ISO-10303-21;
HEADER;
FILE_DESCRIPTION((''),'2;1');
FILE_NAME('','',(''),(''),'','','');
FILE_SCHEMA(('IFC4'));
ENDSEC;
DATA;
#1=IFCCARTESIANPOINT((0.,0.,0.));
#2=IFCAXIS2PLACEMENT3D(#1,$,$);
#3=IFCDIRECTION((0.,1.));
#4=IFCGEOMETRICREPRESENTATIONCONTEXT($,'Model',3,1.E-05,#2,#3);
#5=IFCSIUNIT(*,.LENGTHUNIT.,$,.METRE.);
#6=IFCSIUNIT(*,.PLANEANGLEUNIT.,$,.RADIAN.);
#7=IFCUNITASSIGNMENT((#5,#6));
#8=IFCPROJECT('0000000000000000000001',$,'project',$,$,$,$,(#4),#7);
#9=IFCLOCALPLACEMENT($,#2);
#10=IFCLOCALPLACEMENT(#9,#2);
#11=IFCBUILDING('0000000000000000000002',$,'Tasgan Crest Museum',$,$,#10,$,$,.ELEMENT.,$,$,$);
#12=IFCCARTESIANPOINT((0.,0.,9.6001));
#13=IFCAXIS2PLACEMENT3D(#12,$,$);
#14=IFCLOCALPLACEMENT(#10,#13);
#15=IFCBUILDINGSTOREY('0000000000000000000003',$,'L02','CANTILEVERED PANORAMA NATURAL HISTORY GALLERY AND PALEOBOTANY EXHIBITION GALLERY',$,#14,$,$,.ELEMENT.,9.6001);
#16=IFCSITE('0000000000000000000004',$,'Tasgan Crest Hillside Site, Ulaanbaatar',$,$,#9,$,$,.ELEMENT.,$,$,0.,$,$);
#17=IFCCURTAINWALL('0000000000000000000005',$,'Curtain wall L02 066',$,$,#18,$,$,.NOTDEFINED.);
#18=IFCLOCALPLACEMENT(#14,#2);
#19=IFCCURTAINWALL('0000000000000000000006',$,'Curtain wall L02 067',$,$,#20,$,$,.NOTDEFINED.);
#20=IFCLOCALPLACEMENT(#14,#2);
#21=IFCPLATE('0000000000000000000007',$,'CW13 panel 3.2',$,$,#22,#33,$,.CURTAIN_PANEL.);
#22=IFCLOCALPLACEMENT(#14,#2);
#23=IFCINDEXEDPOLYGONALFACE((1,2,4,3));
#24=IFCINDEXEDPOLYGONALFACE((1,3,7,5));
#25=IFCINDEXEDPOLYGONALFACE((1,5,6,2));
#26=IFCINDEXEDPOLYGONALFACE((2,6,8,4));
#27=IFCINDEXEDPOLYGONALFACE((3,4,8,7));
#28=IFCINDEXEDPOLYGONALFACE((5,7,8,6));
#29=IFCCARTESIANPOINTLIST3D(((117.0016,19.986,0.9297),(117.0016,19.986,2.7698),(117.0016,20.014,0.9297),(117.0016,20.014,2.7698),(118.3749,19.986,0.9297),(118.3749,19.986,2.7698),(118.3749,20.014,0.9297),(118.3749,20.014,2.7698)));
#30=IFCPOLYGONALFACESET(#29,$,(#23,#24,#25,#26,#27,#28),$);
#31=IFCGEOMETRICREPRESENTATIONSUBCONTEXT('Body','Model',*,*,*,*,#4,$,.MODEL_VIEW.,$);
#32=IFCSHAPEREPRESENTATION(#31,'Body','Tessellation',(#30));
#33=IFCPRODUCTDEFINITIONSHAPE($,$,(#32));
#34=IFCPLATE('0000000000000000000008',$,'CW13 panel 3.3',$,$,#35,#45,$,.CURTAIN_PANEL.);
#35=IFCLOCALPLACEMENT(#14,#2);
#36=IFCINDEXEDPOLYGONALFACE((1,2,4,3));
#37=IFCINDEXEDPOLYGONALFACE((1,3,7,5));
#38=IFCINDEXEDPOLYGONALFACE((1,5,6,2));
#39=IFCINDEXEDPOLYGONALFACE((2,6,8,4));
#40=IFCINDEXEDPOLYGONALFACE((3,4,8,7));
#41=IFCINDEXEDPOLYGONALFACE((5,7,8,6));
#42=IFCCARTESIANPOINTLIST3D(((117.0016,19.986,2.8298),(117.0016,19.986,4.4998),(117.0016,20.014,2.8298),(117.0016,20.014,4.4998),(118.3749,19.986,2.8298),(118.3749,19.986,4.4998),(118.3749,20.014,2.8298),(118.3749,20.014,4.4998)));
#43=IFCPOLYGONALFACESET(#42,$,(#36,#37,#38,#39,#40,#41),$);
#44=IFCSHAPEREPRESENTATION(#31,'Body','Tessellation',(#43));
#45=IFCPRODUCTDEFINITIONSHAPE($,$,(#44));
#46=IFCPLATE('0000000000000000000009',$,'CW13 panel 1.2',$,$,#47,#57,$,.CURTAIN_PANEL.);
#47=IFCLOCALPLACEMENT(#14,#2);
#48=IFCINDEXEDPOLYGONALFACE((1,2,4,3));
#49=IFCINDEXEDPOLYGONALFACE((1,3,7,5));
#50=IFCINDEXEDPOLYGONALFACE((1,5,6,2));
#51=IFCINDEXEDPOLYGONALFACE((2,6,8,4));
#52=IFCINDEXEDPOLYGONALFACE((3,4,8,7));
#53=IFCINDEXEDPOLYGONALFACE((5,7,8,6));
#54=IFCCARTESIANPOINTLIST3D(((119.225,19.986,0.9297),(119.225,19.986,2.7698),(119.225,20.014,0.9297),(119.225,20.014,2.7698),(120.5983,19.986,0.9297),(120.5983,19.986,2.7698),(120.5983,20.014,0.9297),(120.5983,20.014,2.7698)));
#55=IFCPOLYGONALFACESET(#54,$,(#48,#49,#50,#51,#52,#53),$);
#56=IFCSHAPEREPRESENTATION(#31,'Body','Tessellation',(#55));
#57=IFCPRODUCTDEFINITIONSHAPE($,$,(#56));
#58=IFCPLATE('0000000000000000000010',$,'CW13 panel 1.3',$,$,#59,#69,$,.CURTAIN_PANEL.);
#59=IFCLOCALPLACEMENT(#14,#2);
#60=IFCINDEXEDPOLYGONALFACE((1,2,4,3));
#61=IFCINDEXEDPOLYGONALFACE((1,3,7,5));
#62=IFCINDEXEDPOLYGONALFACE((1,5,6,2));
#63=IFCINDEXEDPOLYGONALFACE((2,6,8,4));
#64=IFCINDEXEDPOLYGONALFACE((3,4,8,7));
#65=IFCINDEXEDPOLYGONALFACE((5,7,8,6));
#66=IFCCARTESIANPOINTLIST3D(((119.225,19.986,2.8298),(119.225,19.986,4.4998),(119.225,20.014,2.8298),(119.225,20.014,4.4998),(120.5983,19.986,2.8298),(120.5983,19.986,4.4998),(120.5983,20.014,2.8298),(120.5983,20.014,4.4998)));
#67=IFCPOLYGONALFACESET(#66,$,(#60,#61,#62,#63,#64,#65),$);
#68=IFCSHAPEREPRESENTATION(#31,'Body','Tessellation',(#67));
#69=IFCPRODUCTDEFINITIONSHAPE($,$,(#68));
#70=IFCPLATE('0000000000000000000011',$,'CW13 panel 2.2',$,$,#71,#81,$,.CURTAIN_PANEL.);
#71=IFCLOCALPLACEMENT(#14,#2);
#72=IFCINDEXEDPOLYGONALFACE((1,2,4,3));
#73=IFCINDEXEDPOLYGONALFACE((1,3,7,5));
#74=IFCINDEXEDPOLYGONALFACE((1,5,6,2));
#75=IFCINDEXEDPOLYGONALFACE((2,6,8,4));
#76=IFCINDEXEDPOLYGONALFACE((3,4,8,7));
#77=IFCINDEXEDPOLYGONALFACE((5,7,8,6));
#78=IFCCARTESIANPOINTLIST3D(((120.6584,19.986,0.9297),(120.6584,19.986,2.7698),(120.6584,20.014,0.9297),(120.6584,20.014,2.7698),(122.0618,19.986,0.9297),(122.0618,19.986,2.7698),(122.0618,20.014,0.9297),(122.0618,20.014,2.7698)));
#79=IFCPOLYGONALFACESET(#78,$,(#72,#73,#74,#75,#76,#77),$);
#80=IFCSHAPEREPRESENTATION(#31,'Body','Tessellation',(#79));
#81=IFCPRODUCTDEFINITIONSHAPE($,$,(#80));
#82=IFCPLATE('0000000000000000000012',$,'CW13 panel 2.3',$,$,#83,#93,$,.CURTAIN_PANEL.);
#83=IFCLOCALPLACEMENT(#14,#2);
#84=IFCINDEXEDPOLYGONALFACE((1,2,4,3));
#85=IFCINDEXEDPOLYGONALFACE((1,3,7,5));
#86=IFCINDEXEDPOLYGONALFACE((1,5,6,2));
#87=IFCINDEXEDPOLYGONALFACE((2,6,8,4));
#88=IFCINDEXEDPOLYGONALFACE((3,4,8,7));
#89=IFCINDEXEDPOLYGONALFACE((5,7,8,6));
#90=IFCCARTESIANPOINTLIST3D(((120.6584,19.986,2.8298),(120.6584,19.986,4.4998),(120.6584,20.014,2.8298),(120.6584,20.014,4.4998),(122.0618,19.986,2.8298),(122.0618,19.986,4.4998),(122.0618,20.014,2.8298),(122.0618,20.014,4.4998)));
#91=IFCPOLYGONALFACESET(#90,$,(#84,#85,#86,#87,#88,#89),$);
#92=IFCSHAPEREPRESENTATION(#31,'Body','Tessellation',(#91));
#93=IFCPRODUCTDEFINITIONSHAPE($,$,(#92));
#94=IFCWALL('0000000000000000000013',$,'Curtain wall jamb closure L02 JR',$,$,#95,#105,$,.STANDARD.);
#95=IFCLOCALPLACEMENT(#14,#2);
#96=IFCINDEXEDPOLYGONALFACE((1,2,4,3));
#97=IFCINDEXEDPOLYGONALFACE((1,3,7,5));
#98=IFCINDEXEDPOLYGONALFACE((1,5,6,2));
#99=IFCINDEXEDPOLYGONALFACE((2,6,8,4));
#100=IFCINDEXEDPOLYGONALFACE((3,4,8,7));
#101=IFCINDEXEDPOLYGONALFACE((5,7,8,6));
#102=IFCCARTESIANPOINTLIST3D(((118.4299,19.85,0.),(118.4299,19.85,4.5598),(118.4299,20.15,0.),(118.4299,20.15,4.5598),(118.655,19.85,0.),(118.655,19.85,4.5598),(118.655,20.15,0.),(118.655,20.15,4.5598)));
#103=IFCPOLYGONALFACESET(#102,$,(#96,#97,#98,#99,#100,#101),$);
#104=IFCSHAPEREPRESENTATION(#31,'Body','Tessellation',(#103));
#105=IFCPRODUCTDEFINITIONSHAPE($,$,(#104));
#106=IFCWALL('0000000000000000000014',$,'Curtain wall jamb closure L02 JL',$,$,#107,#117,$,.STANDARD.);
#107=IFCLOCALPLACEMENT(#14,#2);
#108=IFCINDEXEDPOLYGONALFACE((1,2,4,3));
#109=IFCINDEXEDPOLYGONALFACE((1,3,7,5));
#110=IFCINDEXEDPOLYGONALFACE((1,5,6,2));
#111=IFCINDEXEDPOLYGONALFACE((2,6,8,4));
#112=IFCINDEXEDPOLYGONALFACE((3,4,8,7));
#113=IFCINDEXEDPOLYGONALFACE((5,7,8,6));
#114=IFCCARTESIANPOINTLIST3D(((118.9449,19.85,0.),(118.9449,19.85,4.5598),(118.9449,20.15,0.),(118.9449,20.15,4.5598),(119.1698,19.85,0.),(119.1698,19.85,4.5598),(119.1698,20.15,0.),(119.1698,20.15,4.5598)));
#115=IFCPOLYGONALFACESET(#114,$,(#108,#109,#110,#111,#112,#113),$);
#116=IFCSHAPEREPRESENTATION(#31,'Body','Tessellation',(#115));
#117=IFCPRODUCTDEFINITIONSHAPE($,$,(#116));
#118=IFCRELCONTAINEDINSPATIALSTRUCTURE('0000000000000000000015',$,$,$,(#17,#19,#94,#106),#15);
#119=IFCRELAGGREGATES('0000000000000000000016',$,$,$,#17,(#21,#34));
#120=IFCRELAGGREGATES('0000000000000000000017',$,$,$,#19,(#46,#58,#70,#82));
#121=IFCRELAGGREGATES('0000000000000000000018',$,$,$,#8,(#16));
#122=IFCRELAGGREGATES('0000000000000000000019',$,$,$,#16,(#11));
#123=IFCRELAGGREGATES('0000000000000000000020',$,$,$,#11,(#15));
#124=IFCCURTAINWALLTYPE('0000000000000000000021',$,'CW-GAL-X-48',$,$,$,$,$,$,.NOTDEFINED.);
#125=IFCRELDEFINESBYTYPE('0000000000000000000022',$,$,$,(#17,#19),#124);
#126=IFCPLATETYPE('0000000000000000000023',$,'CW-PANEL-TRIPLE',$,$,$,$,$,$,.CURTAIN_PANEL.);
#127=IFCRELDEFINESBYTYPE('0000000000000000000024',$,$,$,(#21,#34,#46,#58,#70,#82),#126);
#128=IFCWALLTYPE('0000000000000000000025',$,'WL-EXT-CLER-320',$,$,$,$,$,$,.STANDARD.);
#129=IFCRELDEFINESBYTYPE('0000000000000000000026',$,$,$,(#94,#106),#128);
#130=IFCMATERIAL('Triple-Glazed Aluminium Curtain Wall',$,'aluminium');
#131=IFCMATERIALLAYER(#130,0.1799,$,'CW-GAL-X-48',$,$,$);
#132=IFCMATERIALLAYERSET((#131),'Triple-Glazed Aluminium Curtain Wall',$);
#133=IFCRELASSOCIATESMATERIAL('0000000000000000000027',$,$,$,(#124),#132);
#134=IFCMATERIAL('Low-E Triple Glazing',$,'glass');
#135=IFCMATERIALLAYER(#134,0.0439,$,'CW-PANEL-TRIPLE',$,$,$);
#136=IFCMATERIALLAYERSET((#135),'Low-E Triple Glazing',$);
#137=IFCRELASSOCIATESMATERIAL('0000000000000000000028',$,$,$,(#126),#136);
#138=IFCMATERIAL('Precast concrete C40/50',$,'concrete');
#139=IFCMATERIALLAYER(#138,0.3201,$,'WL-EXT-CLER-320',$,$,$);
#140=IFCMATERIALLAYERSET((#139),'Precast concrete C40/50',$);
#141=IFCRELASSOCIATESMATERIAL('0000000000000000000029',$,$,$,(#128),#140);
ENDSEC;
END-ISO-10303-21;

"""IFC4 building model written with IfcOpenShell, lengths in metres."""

from ifc_helpers import new_model, si_unit, direction, frame, frame_2d, origin, origin_2d, place, context, subcontext, project, spatial, rectangle, extrude, material, layer, layer_set, type_object, element, aggregate, save


model = new_model("IFC4")

# Units and contexts
model_context = context("Model", 3, precision=1e-05, world=origin(), true_north=direction((0.0, 1.0)))
body_context = subcontext(model_context, "Body", "Model", "MODEL_VIEW")
ifc_project = project(units=[si_unit("LENGTHUNIT", "METRE"), si_unit("PLANEANGLEUNIT", "RADIAN")], contexts=[model_context])

# Site, building, storey
site_placement = place(None, origin())
site = spatial("IfcSite", under=ifc_project, at=site_placement, Name="Tasgan Crest Hillside Site, Ulaanbaatar", CompositionType="ELEMENT", RefElevation=0.0)
building_placement = place(site_placement, origin())
building = spatial("IfcBuilding", under=site, at=building_placement, Name="Tasgan Crest Museum", CompositionType="ELEMENT")
storey_placement = place(building_placement, frame((0.0, 0.0, 9.6001)))
storey = spatial("IfcBuildingStorey", under=building, at=storey_placement, Name="L02", Description="CANTILEVERED PANORAMA NATURAL HISTORY GALLERY AND PALEOBOTANY EXHIBITION GALLERY", CompositionType="ELEMENT", Elevation=9.6001)

# Curtain walls
ifc_material_1 = material(Name="Triple-Glazed Aluminium Curtain Wall", Category="aluminium")
ifc_layer_1 = layer(ifc_material_1, 0.1799, Name="CW-GAL-X-48")
ifc_layer_set_1 = layer_set([ifc_layer_1], Name="Triple-Glazed Aluminium Curtain Wall")
curtain_wall_type = type_object("IfcCurtainWallType", Name="CW-GAL-X-48", PredefinedType="NOTDEFINED", material=ifc_layer_set_1)
curtain_wall_1_placement = place(storey_placement, origin())
curtain_wall_1 = element("IfcCurtainWall", 1, at=curtain_wall_1_placement, inside=storey, type_object=curtain_wall_type, Name="Curtain wall L02 066", PredefinedType="NOTDEFINED")
curtain_wall_2_placement = place(storey_placement, origin())
curtain_wall_2 = element("IfcCurtainWall", 2, at=curtain_wall_2_placement, inside=storey, type_object=curtain_wall_type, Name="Curtain wall L02 067", PredefinedType="NOTDEFINED")

# Plates
ifc_material_2 = material(Name="Low-E Triple Glazing", Category="glass")
ifc_layer_2 = layer(ifc_material_2, 0.0439, Name="CW-PANEL-TRIPLE")
ifc_layer_set_2 = layer_set([ifc_layer_2], Name="Low-E Triple Glazing")
plate_type_1 = type_object("IfcPlateType", Name="CW-PANEL-TRIPLE", PredefinedType="CURTAIN_PANEL", material=ifc_layer_set_2)
plate_1_placement = place(storey_placement, frame((117.6882, 20.0, 0.9297), z_axis=(0.0, 0.0, 1.0), x_axis=(1.0, 0.0, 0.0)))
plate_1 = element("IfcPlate", 3, at=plate_1_placement, type_object=plate_type_1, Name="CW13 panel 3.2", PredefinedType="CURTAIN_PANEL", context=body_context, shape_type="SweptSolid", body=[
    extrude(rectangle(XDim=1.3733, YDim=0.0281, at=origin_2d()), origin(), (0.0, 0.0, 1.0), 1.8401),
])
plate_2_placement = place(storey_placement, frame((117.6882, 20.0, 2.8298), z_axis=(0.0, 0.0, 1.0), x_axis=(1.0, 0.0, 0.0)))
plate_2 = element("IfcPlate", 4, at=plate_2_placement, type_object=plate_type_1, Name="CW13 panel 3.3", PredefinedType="CURTAIN_PANEL", context=body_context, shape_type="SweptSolid", body=[
    extrude(rectangle(XDim=1.3733, YDim=0.0281, at=origin_2d()), origin(), (0.0, 0.0, 1.0), 1.6699),
])
aggregate(curtain_wall_1, [plate_1, plate_2])
plate_3_placement = place(storey_placement, frame((119.9116, 20.0, 0.9297), z_axis=(0.0, 0.0, 1.0), x_axis=(1.0, 0.0, 0.0)))
plate_3 = element("IfcPlate", 5, at=plate_3_placement, type_object=plate_type_1, Name="CW13 panel 1.2", PredefinedType="CURTAIN_PANEL", context=body_context, shape_type="SweptSolid", body=[
    extrude(rectangle(XDim=1.3733, YDim=0.0281, at=origin_2d()), origin(), (0.0, 0.0, 1.0), 1.8401),
])
plate_4_placement = place(storey_placement, frame((119.9116, 20.0, 2.8298), z_axis=(0.0, 0.0, 1.0), x_axis=(1.0, 0.0, 0.0)))
plate_4 = element("IfcPlate", 6, at=plate_4_placement, type_object=plate_type_1, Name="CW13 panel 1.3", PredefinedType="CURTAIN_PANEL", context=body_context, shape_type="SweptSolid", body=[
    extrude(rectangle(XDim=1.3733, YDim=0.0281, at=origin_2d()), origin(), (0.0, 0.0, 1.0), 1.6699),
])
plate_5_placement = place(storey_placement, frame((121.3601, 20.0, 0.9297), z_axis=(0.0, 0.0, 1.0), x_axis=(1.0, 0.0, 0.0)))
plate_5 = element("IfcPlate", 7, at=plate_5_placement, type_object=plate_type_1, Name="CW13 panel 2.2", PredefinedType="CURTAIN_PANEL", context=body_context, shape_type="SweptSolid", body=[
    extrude(rectangle(XDim=1.4033, YDim=0.0281, at=origin_2d()), origin(), (0.0, 0.0, 1.0), 1.8401),
])
plate_6_placement = place(storey_placement, frame((121.3601, 20.0, 2.8298), z_axis=(0.0, 0.0, 1.0), x_axis=(1.0, 0.0, 0.0)))
plate_6 = element("IfcPlate", 8, at=plate_6_placement, type_object=plate_type_1, Name="CW13 panel 2.3", PredefinedType="CURTAIN_PANEL", context=body_context, shape_type="SweptSolid", body=[
    extrude(rectangle(XDim=1.4033, YDim=0.0281, at=origin_2d()), origin(), (0.0, 0.0, 1.0), 1.6699),
])
aggregate(curtain_wall_2, [plate_3, plate_4, plate_5, plate_6])

# Walls
ifc_material_3 = material(Name="Precast concrete C40/50", Category="concrete")
ifc_layer_3 = layer(ifc_material_3, 0.3201, Name="WL-EXT-CLER-320")
ifc_layer_set_3 = layer_set([ifc_layer_3], Name="Precast concrete C40/50")
wall_type = type_object("IfcWallType", Name="WL-EXT-CLER-320", PredefinedType="STANDARD", material=ifc_layer_set_3)
wall_1_placement = place(storey_placement, frame((118.4299, 20.0, 0.0), z_axis=(0.0, 0.0, 1.0), x_axis=(1.0, 0.0, 0.0)))
element("IfcWall", 9, at=wall_1_placement, inside=storey, type_object=wall_type, Name="Curtain wall jamb closure L02 JR", PredefinedType="STANDARD", context=body_context, shape_type="SweptSolid", body=[
    extrude(rectangle(XDim=0.2251, YDim=0.3, at=frame_2d((0.1125, 0.0))), origin(), (0.0, 0.0, 1.0), 4.5598),
])
wall_2_placement = place(storey_placement, frame((118.9451, 20.0, 0.0), z_axis=(0.0, 0.0, 1.0), x_axis=(1.0, 0.0, 0.0)))
element("IfcWall", 10, at=wall_2_placement, inside=storey, type_object=wall_type, Name="Curtain wall jamb closure L02 JL", PredefinedType="STANDARD", context=body_context, shape_type="SweptSolid", body=[
    extrude(rectangle(XDim=0.2249, YDim=0.3, at=frame_2d((0.1123, 0.0))), origin(), (0.0, 0.0, 1.0), 4.5598),
])

save(model, "model.ifc")
